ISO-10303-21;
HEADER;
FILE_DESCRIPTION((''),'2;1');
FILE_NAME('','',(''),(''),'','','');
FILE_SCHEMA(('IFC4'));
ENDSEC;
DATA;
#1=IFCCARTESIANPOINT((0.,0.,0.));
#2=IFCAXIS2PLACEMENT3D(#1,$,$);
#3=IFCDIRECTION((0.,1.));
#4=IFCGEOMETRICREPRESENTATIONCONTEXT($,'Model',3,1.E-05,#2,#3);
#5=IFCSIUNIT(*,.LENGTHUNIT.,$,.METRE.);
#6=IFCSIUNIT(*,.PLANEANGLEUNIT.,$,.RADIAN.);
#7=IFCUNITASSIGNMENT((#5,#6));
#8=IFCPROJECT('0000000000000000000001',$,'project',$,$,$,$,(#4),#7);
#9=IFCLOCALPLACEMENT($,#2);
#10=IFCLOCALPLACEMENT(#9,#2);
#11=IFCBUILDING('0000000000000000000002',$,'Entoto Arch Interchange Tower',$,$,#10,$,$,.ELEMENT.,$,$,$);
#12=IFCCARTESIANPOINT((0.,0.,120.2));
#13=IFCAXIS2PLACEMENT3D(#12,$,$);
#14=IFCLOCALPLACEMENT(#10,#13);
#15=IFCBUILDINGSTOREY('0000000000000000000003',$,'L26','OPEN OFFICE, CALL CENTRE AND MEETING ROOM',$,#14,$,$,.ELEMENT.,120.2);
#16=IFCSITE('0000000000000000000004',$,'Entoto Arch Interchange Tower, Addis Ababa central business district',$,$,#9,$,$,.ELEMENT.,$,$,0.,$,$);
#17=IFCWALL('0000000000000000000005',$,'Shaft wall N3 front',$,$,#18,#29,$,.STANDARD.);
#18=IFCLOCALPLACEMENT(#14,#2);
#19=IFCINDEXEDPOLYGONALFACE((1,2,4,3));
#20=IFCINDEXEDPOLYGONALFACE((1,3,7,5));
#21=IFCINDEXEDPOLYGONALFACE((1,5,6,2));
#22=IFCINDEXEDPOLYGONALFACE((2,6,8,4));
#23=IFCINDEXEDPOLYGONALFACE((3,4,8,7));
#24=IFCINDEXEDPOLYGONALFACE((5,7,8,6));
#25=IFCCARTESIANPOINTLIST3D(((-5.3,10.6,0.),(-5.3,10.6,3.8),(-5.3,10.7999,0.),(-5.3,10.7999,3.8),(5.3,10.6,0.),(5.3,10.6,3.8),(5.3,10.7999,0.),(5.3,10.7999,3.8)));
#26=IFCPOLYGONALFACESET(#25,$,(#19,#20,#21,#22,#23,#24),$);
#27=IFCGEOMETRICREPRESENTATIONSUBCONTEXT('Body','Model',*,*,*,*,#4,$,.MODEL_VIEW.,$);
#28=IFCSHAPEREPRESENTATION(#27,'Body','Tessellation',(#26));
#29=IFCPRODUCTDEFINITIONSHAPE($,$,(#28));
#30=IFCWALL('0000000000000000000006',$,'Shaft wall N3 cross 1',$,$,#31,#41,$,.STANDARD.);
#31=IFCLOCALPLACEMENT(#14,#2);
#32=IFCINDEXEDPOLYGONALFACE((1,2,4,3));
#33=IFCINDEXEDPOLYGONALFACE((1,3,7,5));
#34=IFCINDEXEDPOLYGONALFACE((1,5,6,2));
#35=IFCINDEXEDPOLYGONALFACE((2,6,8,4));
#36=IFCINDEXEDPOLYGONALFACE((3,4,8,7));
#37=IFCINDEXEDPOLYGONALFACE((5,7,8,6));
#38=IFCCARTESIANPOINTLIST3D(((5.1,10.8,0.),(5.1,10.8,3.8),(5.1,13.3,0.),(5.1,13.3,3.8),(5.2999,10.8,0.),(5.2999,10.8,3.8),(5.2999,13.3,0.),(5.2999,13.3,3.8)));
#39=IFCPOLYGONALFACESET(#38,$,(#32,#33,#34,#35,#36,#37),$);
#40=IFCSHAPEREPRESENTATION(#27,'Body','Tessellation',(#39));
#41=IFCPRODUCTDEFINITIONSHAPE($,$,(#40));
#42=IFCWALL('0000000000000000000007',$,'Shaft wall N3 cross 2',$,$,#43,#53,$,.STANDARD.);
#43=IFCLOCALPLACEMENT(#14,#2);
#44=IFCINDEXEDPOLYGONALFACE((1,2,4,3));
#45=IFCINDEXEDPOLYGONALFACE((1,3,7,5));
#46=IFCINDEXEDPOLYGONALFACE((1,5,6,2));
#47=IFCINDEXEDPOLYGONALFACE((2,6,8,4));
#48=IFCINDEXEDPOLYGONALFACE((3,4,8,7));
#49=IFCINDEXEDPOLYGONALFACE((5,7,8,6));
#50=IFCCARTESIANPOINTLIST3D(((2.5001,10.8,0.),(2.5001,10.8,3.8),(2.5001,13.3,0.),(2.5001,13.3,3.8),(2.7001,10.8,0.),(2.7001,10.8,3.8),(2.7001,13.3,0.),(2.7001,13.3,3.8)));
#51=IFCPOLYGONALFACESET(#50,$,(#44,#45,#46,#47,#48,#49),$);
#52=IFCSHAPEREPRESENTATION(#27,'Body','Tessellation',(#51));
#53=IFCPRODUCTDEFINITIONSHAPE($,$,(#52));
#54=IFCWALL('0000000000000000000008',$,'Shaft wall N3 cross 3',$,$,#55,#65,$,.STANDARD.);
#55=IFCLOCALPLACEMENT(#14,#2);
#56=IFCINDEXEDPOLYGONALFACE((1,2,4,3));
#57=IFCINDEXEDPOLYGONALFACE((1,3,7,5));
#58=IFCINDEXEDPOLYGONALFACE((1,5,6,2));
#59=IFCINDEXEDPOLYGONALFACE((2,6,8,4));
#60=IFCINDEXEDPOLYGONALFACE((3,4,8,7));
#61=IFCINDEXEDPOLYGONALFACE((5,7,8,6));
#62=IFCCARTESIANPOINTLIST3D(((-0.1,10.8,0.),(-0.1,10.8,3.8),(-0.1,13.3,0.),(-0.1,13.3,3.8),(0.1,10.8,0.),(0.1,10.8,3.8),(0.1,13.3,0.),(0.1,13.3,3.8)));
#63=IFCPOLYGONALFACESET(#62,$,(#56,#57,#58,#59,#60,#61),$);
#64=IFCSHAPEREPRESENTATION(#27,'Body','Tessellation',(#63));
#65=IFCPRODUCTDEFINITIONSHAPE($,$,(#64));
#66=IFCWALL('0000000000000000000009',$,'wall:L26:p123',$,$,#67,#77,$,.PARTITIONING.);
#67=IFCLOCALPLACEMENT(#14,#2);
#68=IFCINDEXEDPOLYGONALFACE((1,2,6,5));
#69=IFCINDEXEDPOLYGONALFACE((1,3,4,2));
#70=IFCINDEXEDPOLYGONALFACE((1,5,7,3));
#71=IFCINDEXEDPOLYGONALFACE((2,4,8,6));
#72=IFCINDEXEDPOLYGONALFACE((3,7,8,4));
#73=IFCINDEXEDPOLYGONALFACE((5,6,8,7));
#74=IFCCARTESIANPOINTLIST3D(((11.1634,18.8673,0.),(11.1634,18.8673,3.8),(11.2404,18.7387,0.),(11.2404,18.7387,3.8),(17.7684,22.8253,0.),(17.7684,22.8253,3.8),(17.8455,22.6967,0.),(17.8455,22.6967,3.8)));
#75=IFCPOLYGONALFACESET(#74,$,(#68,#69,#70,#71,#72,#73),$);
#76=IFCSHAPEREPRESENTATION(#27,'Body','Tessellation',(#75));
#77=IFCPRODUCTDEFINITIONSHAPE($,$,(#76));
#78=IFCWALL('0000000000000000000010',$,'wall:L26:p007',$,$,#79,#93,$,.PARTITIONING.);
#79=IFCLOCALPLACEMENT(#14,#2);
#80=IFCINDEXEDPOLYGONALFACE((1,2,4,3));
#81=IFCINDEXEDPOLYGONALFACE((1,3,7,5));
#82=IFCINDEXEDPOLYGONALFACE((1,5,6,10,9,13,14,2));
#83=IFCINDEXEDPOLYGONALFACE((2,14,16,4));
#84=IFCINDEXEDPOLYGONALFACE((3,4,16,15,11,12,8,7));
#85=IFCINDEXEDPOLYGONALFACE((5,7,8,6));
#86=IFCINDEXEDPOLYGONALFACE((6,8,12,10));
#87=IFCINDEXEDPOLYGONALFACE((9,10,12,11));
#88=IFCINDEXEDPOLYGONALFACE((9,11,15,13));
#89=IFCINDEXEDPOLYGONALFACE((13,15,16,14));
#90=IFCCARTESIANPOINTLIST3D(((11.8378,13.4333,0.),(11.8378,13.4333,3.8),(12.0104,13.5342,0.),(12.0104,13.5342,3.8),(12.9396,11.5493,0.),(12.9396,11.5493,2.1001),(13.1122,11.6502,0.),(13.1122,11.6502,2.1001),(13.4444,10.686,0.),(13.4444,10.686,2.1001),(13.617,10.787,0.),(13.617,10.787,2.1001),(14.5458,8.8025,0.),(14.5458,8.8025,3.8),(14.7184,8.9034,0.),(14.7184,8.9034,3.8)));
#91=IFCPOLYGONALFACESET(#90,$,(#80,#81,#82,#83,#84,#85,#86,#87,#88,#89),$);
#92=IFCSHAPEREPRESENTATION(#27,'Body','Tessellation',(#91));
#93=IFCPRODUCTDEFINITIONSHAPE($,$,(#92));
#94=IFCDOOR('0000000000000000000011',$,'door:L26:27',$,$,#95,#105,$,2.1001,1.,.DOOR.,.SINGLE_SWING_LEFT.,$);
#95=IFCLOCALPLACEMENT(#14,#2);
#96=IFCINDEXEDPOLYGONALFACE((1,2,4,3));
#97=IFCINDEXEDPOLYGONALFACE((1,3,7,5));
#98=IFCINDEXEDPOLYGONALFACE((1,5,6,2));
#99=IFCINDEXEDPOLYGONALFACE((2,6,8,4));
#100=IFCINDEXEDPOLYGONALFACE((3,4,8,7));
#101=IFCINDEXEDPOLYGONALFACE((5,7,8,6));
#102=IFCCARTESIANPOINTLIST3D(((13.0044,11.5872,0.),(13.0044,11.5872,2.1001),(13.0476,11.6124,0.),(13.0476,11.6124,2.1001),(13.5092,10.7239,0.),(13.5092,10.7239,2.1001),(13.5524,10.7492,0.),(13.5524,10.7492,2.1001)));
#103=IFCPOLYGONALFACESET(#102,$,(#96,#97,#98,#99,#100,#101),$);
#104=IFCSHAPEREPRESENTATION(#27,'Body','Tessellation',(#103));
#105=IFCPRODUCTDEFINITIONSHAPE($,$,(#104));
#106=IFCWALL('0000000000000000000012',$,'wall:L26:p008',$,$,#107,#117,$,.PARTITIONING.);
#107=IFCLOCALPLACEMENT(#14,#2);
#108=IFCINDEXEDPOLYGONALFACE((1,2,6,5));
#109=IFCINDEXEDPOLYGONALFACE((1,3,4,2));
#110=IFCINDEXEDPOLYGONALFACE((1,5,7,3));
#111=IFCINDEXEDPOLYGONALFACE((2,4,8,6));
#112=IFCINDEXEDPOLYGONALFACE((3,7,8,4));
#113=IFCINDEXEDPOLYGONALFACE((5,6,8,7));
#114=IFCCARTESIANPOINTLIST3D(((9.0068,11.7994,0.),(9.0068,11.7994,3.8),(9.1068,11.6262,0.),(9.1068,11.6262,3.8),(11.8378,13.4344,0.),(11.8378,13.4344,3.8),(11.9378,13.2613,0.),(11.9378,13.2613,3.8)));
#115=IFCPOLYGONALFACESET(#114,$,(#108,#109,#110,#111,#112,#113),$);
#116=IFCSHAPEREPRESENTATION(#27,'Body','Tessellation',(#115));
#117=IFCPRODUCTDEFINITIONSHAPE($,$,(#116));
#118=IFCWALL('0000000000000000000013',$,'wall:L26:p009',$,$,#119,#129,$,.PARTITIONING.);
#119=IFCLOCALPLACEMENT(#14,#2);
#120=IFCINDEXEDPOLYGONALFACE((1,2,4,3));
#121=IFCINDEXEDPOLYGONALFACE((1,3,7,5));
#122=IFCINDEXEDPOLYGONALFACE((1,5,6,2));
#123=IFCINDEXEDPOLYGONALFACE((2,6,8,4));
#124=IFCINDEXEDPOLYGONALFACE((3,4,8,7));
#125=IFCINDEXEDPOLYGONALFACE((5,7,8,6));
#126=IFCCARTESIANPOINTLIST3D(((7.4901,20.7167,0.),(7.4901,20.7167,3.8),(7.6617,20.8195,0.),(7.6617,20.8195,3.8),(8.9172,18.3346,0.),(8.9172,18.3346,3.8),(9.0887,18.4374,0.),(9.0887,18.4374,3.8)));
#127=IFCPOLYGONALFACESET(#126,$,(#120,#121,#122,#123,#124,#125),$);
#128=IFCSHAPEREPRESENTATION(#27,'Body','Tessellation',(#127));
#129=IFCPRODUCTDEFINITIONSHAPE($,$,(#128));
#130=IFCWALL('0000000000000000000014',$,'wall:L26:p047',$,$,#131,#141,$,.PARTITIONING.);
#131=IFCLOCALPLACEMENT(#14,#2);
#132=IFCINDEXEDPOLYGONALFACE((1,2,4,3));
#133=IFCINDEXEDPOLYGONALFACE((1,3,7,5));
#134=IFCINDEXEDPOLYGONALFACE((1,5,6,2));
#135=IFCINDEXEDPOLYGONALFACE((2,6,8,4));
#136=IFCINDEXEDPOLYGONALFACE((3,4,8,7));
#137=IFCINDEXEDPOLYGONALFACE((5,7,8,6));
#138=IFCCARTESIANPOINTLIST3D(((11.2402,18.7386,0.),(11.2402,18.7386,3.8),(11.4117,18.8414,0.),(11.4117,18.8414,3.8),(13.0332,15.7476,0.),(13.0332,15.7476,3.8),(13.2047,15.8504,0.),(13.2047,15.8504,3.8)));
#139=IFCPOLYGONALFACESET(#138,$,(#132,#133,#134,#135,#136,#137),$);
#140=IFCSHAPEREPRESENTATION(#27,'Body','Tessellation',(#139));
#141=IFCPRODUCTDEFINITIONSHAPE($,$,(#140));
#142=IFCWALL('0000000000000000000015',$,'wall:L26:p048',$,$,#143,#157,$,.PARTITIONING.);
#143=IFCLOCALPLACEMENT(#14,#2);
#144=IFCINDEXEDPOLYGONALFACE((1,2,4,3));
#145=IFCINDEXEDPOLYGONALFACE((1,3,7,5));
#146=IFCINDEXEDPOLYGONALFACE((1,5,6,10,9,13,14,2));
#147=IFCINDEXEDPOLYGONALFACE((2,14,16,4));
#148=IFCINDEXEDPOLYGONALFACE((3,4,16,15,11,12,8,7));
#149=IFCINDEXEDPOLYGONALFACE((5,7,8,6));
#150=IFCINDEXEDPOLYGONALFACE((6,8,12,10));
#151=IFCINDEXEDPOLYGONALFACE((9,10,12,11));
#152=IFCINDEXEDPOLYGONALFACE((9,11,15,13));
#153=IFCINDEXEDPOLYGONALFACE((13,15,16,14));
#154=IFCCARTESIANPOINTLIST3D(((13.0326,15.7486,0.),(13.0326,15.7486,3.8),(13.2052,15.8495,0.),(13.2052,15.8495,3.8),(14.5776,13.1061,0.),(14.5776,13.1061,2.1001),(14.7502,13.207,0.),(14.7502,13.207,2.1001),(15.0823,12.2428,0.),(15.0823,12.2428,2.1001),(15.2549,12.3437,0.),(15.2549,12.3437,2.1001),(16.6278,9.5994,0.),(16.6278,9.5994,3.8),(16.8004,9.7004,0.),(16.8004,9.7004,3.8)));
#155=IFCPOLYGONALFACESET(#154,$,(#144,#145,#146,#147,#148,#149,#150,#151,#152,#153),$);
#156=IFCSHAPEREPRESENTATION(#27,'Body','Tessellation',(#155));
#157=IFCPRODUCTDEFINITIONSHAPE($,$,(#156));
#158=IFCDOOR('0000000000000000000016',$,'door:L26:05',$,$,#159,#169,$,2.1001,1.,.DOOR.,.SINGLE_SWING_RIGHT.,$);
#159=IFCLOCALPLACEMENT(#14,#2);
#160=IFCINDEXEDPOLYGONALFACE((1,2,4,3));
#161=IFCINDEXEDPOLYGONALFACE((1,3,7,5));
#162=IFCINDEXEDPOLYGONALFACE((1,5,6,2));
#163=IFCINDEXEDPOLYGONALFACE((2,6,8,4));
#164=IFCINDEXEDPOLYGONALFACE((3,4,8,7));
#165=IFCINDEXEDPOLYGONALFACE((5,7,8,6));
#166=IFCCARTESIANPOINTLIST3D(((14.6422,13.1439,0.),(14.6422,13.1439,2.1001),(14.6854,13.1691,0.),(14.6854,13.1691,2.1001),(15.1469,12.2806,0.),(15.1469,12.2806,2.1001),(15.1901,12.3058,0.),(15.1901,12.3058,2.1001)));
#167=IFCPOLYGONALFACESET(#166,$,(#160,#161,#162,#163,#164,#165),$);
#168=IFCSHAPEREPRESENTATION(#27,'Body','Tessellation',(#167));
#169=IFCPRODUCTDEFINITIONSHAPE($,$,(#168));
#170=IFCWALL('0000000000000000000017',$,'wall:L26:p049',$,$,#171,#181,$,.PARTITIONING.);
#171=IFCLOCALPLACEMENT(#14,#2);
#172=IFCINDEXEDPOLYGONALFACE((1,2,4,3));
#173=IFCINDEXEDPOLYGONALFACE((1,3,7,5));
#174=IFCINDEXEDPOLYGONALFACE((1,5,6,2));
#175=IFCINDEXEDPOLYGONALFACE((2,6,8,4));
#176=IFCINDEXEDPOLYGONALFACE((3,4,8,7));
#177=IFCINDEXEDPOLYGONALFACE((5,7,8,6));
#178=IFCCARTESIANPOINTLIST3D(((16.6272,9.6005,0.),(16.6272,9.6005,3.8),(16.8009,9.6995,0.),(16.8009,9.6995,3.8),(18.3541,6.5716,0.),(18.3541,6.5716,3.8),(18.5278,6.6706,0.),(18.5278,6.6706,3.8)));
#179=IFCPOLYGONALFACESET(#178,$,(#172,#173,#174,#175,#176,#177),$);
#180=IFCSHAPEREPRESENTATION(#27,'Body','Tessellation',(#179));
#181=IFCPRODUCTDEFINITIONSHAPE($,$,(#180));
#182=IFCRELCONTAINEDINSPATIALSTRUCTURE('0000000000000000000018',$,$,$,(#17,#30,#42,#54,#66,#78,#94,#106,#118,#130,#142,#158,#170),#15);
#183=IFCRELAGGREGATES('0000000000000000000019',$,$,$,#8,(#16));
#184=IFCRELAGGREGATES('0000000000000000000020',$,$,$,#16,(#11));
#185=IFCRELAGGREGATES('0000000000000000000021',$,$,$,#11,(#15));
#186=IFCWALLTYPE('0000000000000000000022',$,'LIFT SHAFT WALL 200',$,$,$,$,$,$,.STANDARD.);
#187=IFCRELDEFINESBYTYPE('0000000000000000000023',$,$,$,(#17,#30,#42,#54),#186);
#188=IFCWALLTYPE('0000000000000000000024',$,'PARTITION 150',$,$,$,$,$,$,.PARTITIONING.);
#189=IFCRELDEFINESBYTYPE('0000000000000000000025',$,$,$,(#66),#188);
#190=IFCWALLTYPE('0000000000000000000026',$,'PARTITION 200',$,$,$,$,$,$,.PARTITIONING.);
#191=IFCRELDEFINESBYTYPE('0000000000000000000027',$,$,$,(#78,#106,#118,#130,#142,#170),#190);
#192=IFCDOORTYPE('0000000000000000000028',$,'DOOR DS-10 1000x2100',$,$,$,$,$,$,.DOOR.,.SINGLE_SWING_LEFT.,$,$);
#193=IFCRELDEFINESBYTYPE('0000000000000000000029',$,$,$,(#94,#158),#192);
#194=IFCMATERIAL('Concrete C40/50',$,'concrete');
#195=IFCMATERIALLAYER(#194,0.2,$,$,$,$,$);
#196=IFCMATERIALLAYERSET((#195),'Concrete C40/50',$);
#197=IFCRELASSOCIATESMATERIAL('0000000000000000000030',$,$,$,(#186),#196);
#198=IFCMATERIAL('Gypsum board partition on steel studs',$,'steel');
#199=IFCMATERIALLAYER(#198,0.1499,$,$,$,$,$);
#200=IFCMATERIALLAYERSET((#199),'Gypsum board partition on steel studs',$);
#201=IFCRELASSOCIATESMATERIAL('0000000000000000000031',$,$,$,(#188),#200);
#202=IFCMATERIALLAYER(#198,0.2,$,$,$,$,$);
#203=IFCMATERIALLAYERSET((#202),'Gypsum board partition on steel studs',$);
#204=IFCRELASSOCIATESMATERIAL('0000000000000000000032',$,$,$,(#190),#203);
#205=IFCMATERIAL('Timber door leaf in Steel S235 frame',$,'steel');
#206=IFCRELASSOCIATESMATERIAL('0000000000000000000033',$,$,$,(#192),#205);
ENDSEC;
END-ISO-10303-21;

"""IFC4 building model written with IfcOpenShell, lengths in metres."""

from ifc_helpers import new_model, si_unit, direction, frame, frame_2d, origin, place, context, subcontext, project, spatial, rectangle, extrude, material, layer, layer_set, type_object, element, fill, save


model = new_model("IFC4")

# Units and contexts
model_context = context("Model", 3, precision=1e-05, world=origin(), true_north=direction((0.0, 1.0)))
body_context = subcontext(model_context, "Body", "Model", "MODEL_VIEW")
ifc_project = project(units=[si_unit("LENGTHUNIT", "METRE"), si_unit("PLANEANGLEUNIT", "RADIAN")], contexts=[model_context])

# Site, building, storey
site_placement = place(None, origin())
site = spatial("IfcSite", under=ifc_project, at=site_placement, Name="Entoto Arch Interchange Tower, Addis Ababa central business district", CompositionType="ELEMENT", RefElevation=0.0)
building_placement = place(site_placement, origin())
building = spatial("IfcBuilding", under=site, at=building_placement, Name="Entoto Arch Interchange Tower", CompositionType="ELEMENT")
storey_placement = place(building_placement, frame((0.0, 0.0, 120.2)))
storey = spatial("IfcBuildingStorey", under=building, at=storey_placement, Name="L26", Description="OPEN OFFICE, CALL CENTRE AND MEETING ROOM", CompositionType="ELEMENT", Elevation=120.2)

# Shared definitions
ifc_material_1 = material(Name="Concrete C40/50", Category="concrete")

# Walls
ifc_layer_1 = layer(ifc_material_1, 0.2)
ifc_layer_set_1 = layer_set([ifc_layer_1], Name="Concrete C40/50")
wall_type_1 = type_object("IfcWallType", Name="LIFT SHAFT WALL 200", PredefinedType="STANDARD", material=ifc_layer_set_1)
wall_1_placement = place(storey_placement, frame((5.3, 10.7, 0.0), z_axis=(0.0, 0.0, 1.0), x_axis=(-1.0, 0.0, 0.0)))
element("IfcWall", 1, at=wall_1_placement, inside=storey, type_object=wall_type_1, Name="Shaft wall N3 front", PredefinedType="STANDARD", context=body_context, shape_type="SweptSolid", body=[
    extrude(rectangle(XDim=10.6001, YDim=0.2, at=frame_2d((5.3, 0.0))), origin(), (0.0, 0.0, 1.0), 3.8),
])
for number, where, z_axis, x_axis, name in (
    (2, (5.2, 10.8, 0.0), (0.0, 0.0, 1.0), (0.0, 1.0, 0.0), "Shaft wall N3 cross 1"),
    (3, (2.6001, 10.8, 0.0), (0.0, 0.0, 1.0), (0.0, 1.0, 0.0), "Shaft wall N3 cross 2"),
    (4, (0.0, 10.8, 0.0), (0.0, 0.0, 1.0), (0.0, 1.0, 0.0), "Shaft wall N3 cross 3"),
):
    element("IfcWall", number, at=place(storey_placement, frame(where, z_axis=z_axis, x_axis=x_axis)), inside=storey, type_object=wall_type_1, Name=name, PredefinedType="STANDARD", context=body_context, shape_type="SweptSolid", body=[
        extrude(rectangle(XDim=2.5, YDim=0.2, at=frame_2d((1.25, 0.0))), origin(), (0.0, 0.0, 1.0), 3.8),
    ])
ifc_material_2 = material(Name="Gypsum board partition on steel studs", Category="steel")
ifc_layer_2 = layer(ifc_material_2, 0.1499)
ifc_layer_set_2 = layer_set([ifc_layer_2], Name="Gypsum board partition on steel studs")
wall_type_2 = type_object("IfcWallType", Name="PARTITION 150", PredefinedType="PARTITIONING", material=ifc_layer_set_2)
wall_2_placement = place(storey_placement, frame((11.2019, 18.803, 0.0), z_axis=(0.0, 0.0, 1.0), x_axis=(0.857778, 0.51402, 0.0)))
element("IfcWall", 5, at=wall_2_placement, inside=storey, type_object=wall_type_2, Name="wall:L26:p123", PredefinedType="PARTITIONING", context=body_context, shape_type="SweptSolid", body=[
    extrude(rectangle(XDim=7.7002, YDim=0.1499, at=frame_2d((3.8501, 0.0))), origin(), (0.0, 0.0, 1.0), 3.8),
])

# Wall, opening, door
ifc_layer_3 = layer(ifc_material_2, 0.2)
ifc_layer_set_3 = layer_set([ifc_layer_3], Name="Gypsum board partition on steel studs")
wall_type_3 = type_object("IfcWallType", Name="PARTITION 200", PredefinedType="PARTITIONING", material=ifc_layer_set_3)
wall_3_placement = place(storey_placement, frame((14.6321, 8.853, 0.0), z_axis=(0.0, 0.0, 1.0), x_axis=(-0.504799, 0.863237, 0.0)))
wall_3 = element("IfcWall", 6, at=wall_3_placement, inside=storey, type_object=wall_type_3, Name="wall:L26:p007", PredefinedType="PARTITIONING", context=body_context, shape_type="SweptSolid", body=[
    extrude(rectangle(XDim=5.3645, YDim=0.2, at=frame_2d((2.6821, 0.0))), origin(), (0.0, 0.0, 1.0), 3.8),
])
opening_1_placement = place(wall_3_placement, frame((2.1819, 0.0, 0.0)))
opening_1 = element("IfcOpeningElement", 7, at=opening_1_placement, cuts=wall_3, PredefinedType="OPENING", context=body_context, shape_type="SweptSolid", body=[
    extrude(rectangle(XDim=1.0, YDim=2.1001, at=frame_2d((0.5, 1.05))), frame((0.0, 0.1099, 0.0), z_axis=(0.0, -1.0, 0.0), x_axis=(1.0, 0.0, 0.0)), (0.0, 0.0, 1.0), 0.22),
])
ifc_material_3 = material(Name="Timber door leaf in Steel S235 frame", Category="steel")
door_type_1 = type_object("IfcDoorType", Name="DOOR DS-10 1000x2100", OperationType="SINGLE_SWING_LEFT", PredefinedType="DOOR", material=ifc_material_3)
door_1_placement = place(opening_1_placement, origin())
door_1 = element("IfcDoor", 8, at=door_1_placement, inside=storey, type_object=door_type_1, Name="door:L26:27", OperationType="SINGLE_SWING_LEFT", OverallHeight=2.1001, OverallWidth=1.0, PredefinedType="DOOR", context=body_context, shape_type="SweptSolid", body=[
    extrude(rectangle(XDim=1.0, YDim=2.1001, at=frame_2d((0.5, 1.05))), frame((0.0, 0.0249, 0.0), z_axis=(0.0, -1.0, 0.0), x_axis=(1.0, 0.0, 0.0)), (0.0, 0.0, 1.0), 0.05),
])
fill(opening_1, door_1)

# Walls
wall_4_placement = place(storey_placement, frame((11.8879, 13.3479, 0.0), z_axis=(0.0, 0.0, 1.0), x_axis=(-0.865959, -0.500115, 0.0)))
element("IfcWall", 9, at=wall_4_placement, inside=storey, type_object=wall_type_3, Name="wall:L26:p008", PredefinedType="PARTITIONING", context=body_context, shape_type="SweptSolid", body=[
    extrude(rectangle(XDim=3.2693, YDim=0.2, at=frame_2d((1.6348, 0.0))), origin(), (0.0, 0.0, 1.0), 3.8),
])
wall_5_placement = place(storey_placement, frame((9.0029, 18.386, 0.0), z_axis=(0.0, 0.0, 1.0), x_axis=(-0.513901, 0.85785, 0.0)))
element("IfcWall", 10, at=wall_5_placement, inside=storey, type_object=wall_type_3, Name="wall:L26:p009", PredefinedType="PARTITIONING", context=body_context, shape_type="SweptSolid", body=[
    extrude(rectangle(XDim=2.7769, YDim=0.2, at=frame_2d((1.3884, 0.0))), origin(), (0.0, 0.0, 1.0), 3.8),
])
wall_6_placement = place(storey_placement, frame((11.3259, 18.79, 0.0), z_axis=(0.0, 0.0, 1.0), x_axis=(0.514156, -0.857697, 0.0)))
element("IfcWall", 11, at=wall_6_placement, inside=storey, type_object=wall_type_3, Name="wall:L26:p047", PredefinedType="PARTITIONING", context=body_context, shape_type="SweptSolid", body=[
    extrude(rectangle(XDim=3.4873, YDim=0.2, at=frame_2d((1.7437, 0.0))), origin(), (0.0, 0.0, 1.0), 3.8),
])

# Wall, opening, door
wall_7_placement = place(storey_placement, frame((13.1189, 15.7991, 0.0), z_axis=(0.0, 0.0, 1.0), x_axis=(0.50473, -0.863277, 0.0)))
wall_7 = element("IfcWall", 12, at=wall_7_placement, inside=storey, type_object=wall_type_3, Name="wall:L26:p048", PredefinedType="PARTITIONING", context=body_context, shape_type="SweptSolid", body=[
    extrude(rectangle(XDim=7.123, YDim=0.2, at=frame_2d((3.5615, 0.0))), origin(), (0.0, 0.0, 1.0), 3.8),
])
opening_2_placement = place(wall_7_placement, frame((3.061, 0.0, 0.0)))
opening_2 = element("IfcOpeningElement", 13, at=opening_2_placement, cuts=wall_7, PredefinedType="OPENING", context=body_context, shape_type="SweptSolid", body=[
    extrude(rectangle(XDim=1.0, YDim=2.1001, at=frame_2d((0.5, 1.05))), frame((0.0, 0.1099, 0.0), z_axis=(0.0, -1.0, 0.0), x_axis=(1.0, 0.0, 0.0)), (0.0, 0.0, 1.0), 0.22),
])
door_2_placement = place(opening_2_placement, origin())
door_2 = element("IfcDoor", 14, at=door_2_placement, inside=storey, type_object=door_type_1, Name="door:L26:05", OperationType="SINGLE_SWING_RIGHT", OverallHeight=2.1001, OverallWidth=1.0, PredefinedType="DOOR", context=body_context, shape_type="SweptSolid", body=[
    extrude(rectangle(XDim=1.0, YDim=2.1001, at=frame_2d((0.5, 1.05))), frame((0.0, 0.0249, 0.0), z_axis=(0.0, -1.0, 0.0), x_axis=(1.0, 0.0, 0.0)), (0.0, 0.0, 1.0), 0.05),
])
fill(opening_2, door_2)

# Wall
wall_8_placement = place(storey_placement, frame((16.7141, 9.6499, 0.0), z_axis=(0.0, 0.0, 1.0), x_axis=(0.495287, -0.86873, 0.0)))
element("IfcWall", 15, at=wall_8_placement, inside=storey, type_object=wall_type_3, Name="wall:L26:p049", PredefinedType="PARTITIONING", context=body_context, shape_type="SweptSolid", body=[
    extrude(rectangle(XDim=3.4866, YDim=0.2, at=frame_2d((1.7432, 0.0))), origin(), (0.0, 0.0, 1.0), 3.8),
])

save(model, "model.ifc")
